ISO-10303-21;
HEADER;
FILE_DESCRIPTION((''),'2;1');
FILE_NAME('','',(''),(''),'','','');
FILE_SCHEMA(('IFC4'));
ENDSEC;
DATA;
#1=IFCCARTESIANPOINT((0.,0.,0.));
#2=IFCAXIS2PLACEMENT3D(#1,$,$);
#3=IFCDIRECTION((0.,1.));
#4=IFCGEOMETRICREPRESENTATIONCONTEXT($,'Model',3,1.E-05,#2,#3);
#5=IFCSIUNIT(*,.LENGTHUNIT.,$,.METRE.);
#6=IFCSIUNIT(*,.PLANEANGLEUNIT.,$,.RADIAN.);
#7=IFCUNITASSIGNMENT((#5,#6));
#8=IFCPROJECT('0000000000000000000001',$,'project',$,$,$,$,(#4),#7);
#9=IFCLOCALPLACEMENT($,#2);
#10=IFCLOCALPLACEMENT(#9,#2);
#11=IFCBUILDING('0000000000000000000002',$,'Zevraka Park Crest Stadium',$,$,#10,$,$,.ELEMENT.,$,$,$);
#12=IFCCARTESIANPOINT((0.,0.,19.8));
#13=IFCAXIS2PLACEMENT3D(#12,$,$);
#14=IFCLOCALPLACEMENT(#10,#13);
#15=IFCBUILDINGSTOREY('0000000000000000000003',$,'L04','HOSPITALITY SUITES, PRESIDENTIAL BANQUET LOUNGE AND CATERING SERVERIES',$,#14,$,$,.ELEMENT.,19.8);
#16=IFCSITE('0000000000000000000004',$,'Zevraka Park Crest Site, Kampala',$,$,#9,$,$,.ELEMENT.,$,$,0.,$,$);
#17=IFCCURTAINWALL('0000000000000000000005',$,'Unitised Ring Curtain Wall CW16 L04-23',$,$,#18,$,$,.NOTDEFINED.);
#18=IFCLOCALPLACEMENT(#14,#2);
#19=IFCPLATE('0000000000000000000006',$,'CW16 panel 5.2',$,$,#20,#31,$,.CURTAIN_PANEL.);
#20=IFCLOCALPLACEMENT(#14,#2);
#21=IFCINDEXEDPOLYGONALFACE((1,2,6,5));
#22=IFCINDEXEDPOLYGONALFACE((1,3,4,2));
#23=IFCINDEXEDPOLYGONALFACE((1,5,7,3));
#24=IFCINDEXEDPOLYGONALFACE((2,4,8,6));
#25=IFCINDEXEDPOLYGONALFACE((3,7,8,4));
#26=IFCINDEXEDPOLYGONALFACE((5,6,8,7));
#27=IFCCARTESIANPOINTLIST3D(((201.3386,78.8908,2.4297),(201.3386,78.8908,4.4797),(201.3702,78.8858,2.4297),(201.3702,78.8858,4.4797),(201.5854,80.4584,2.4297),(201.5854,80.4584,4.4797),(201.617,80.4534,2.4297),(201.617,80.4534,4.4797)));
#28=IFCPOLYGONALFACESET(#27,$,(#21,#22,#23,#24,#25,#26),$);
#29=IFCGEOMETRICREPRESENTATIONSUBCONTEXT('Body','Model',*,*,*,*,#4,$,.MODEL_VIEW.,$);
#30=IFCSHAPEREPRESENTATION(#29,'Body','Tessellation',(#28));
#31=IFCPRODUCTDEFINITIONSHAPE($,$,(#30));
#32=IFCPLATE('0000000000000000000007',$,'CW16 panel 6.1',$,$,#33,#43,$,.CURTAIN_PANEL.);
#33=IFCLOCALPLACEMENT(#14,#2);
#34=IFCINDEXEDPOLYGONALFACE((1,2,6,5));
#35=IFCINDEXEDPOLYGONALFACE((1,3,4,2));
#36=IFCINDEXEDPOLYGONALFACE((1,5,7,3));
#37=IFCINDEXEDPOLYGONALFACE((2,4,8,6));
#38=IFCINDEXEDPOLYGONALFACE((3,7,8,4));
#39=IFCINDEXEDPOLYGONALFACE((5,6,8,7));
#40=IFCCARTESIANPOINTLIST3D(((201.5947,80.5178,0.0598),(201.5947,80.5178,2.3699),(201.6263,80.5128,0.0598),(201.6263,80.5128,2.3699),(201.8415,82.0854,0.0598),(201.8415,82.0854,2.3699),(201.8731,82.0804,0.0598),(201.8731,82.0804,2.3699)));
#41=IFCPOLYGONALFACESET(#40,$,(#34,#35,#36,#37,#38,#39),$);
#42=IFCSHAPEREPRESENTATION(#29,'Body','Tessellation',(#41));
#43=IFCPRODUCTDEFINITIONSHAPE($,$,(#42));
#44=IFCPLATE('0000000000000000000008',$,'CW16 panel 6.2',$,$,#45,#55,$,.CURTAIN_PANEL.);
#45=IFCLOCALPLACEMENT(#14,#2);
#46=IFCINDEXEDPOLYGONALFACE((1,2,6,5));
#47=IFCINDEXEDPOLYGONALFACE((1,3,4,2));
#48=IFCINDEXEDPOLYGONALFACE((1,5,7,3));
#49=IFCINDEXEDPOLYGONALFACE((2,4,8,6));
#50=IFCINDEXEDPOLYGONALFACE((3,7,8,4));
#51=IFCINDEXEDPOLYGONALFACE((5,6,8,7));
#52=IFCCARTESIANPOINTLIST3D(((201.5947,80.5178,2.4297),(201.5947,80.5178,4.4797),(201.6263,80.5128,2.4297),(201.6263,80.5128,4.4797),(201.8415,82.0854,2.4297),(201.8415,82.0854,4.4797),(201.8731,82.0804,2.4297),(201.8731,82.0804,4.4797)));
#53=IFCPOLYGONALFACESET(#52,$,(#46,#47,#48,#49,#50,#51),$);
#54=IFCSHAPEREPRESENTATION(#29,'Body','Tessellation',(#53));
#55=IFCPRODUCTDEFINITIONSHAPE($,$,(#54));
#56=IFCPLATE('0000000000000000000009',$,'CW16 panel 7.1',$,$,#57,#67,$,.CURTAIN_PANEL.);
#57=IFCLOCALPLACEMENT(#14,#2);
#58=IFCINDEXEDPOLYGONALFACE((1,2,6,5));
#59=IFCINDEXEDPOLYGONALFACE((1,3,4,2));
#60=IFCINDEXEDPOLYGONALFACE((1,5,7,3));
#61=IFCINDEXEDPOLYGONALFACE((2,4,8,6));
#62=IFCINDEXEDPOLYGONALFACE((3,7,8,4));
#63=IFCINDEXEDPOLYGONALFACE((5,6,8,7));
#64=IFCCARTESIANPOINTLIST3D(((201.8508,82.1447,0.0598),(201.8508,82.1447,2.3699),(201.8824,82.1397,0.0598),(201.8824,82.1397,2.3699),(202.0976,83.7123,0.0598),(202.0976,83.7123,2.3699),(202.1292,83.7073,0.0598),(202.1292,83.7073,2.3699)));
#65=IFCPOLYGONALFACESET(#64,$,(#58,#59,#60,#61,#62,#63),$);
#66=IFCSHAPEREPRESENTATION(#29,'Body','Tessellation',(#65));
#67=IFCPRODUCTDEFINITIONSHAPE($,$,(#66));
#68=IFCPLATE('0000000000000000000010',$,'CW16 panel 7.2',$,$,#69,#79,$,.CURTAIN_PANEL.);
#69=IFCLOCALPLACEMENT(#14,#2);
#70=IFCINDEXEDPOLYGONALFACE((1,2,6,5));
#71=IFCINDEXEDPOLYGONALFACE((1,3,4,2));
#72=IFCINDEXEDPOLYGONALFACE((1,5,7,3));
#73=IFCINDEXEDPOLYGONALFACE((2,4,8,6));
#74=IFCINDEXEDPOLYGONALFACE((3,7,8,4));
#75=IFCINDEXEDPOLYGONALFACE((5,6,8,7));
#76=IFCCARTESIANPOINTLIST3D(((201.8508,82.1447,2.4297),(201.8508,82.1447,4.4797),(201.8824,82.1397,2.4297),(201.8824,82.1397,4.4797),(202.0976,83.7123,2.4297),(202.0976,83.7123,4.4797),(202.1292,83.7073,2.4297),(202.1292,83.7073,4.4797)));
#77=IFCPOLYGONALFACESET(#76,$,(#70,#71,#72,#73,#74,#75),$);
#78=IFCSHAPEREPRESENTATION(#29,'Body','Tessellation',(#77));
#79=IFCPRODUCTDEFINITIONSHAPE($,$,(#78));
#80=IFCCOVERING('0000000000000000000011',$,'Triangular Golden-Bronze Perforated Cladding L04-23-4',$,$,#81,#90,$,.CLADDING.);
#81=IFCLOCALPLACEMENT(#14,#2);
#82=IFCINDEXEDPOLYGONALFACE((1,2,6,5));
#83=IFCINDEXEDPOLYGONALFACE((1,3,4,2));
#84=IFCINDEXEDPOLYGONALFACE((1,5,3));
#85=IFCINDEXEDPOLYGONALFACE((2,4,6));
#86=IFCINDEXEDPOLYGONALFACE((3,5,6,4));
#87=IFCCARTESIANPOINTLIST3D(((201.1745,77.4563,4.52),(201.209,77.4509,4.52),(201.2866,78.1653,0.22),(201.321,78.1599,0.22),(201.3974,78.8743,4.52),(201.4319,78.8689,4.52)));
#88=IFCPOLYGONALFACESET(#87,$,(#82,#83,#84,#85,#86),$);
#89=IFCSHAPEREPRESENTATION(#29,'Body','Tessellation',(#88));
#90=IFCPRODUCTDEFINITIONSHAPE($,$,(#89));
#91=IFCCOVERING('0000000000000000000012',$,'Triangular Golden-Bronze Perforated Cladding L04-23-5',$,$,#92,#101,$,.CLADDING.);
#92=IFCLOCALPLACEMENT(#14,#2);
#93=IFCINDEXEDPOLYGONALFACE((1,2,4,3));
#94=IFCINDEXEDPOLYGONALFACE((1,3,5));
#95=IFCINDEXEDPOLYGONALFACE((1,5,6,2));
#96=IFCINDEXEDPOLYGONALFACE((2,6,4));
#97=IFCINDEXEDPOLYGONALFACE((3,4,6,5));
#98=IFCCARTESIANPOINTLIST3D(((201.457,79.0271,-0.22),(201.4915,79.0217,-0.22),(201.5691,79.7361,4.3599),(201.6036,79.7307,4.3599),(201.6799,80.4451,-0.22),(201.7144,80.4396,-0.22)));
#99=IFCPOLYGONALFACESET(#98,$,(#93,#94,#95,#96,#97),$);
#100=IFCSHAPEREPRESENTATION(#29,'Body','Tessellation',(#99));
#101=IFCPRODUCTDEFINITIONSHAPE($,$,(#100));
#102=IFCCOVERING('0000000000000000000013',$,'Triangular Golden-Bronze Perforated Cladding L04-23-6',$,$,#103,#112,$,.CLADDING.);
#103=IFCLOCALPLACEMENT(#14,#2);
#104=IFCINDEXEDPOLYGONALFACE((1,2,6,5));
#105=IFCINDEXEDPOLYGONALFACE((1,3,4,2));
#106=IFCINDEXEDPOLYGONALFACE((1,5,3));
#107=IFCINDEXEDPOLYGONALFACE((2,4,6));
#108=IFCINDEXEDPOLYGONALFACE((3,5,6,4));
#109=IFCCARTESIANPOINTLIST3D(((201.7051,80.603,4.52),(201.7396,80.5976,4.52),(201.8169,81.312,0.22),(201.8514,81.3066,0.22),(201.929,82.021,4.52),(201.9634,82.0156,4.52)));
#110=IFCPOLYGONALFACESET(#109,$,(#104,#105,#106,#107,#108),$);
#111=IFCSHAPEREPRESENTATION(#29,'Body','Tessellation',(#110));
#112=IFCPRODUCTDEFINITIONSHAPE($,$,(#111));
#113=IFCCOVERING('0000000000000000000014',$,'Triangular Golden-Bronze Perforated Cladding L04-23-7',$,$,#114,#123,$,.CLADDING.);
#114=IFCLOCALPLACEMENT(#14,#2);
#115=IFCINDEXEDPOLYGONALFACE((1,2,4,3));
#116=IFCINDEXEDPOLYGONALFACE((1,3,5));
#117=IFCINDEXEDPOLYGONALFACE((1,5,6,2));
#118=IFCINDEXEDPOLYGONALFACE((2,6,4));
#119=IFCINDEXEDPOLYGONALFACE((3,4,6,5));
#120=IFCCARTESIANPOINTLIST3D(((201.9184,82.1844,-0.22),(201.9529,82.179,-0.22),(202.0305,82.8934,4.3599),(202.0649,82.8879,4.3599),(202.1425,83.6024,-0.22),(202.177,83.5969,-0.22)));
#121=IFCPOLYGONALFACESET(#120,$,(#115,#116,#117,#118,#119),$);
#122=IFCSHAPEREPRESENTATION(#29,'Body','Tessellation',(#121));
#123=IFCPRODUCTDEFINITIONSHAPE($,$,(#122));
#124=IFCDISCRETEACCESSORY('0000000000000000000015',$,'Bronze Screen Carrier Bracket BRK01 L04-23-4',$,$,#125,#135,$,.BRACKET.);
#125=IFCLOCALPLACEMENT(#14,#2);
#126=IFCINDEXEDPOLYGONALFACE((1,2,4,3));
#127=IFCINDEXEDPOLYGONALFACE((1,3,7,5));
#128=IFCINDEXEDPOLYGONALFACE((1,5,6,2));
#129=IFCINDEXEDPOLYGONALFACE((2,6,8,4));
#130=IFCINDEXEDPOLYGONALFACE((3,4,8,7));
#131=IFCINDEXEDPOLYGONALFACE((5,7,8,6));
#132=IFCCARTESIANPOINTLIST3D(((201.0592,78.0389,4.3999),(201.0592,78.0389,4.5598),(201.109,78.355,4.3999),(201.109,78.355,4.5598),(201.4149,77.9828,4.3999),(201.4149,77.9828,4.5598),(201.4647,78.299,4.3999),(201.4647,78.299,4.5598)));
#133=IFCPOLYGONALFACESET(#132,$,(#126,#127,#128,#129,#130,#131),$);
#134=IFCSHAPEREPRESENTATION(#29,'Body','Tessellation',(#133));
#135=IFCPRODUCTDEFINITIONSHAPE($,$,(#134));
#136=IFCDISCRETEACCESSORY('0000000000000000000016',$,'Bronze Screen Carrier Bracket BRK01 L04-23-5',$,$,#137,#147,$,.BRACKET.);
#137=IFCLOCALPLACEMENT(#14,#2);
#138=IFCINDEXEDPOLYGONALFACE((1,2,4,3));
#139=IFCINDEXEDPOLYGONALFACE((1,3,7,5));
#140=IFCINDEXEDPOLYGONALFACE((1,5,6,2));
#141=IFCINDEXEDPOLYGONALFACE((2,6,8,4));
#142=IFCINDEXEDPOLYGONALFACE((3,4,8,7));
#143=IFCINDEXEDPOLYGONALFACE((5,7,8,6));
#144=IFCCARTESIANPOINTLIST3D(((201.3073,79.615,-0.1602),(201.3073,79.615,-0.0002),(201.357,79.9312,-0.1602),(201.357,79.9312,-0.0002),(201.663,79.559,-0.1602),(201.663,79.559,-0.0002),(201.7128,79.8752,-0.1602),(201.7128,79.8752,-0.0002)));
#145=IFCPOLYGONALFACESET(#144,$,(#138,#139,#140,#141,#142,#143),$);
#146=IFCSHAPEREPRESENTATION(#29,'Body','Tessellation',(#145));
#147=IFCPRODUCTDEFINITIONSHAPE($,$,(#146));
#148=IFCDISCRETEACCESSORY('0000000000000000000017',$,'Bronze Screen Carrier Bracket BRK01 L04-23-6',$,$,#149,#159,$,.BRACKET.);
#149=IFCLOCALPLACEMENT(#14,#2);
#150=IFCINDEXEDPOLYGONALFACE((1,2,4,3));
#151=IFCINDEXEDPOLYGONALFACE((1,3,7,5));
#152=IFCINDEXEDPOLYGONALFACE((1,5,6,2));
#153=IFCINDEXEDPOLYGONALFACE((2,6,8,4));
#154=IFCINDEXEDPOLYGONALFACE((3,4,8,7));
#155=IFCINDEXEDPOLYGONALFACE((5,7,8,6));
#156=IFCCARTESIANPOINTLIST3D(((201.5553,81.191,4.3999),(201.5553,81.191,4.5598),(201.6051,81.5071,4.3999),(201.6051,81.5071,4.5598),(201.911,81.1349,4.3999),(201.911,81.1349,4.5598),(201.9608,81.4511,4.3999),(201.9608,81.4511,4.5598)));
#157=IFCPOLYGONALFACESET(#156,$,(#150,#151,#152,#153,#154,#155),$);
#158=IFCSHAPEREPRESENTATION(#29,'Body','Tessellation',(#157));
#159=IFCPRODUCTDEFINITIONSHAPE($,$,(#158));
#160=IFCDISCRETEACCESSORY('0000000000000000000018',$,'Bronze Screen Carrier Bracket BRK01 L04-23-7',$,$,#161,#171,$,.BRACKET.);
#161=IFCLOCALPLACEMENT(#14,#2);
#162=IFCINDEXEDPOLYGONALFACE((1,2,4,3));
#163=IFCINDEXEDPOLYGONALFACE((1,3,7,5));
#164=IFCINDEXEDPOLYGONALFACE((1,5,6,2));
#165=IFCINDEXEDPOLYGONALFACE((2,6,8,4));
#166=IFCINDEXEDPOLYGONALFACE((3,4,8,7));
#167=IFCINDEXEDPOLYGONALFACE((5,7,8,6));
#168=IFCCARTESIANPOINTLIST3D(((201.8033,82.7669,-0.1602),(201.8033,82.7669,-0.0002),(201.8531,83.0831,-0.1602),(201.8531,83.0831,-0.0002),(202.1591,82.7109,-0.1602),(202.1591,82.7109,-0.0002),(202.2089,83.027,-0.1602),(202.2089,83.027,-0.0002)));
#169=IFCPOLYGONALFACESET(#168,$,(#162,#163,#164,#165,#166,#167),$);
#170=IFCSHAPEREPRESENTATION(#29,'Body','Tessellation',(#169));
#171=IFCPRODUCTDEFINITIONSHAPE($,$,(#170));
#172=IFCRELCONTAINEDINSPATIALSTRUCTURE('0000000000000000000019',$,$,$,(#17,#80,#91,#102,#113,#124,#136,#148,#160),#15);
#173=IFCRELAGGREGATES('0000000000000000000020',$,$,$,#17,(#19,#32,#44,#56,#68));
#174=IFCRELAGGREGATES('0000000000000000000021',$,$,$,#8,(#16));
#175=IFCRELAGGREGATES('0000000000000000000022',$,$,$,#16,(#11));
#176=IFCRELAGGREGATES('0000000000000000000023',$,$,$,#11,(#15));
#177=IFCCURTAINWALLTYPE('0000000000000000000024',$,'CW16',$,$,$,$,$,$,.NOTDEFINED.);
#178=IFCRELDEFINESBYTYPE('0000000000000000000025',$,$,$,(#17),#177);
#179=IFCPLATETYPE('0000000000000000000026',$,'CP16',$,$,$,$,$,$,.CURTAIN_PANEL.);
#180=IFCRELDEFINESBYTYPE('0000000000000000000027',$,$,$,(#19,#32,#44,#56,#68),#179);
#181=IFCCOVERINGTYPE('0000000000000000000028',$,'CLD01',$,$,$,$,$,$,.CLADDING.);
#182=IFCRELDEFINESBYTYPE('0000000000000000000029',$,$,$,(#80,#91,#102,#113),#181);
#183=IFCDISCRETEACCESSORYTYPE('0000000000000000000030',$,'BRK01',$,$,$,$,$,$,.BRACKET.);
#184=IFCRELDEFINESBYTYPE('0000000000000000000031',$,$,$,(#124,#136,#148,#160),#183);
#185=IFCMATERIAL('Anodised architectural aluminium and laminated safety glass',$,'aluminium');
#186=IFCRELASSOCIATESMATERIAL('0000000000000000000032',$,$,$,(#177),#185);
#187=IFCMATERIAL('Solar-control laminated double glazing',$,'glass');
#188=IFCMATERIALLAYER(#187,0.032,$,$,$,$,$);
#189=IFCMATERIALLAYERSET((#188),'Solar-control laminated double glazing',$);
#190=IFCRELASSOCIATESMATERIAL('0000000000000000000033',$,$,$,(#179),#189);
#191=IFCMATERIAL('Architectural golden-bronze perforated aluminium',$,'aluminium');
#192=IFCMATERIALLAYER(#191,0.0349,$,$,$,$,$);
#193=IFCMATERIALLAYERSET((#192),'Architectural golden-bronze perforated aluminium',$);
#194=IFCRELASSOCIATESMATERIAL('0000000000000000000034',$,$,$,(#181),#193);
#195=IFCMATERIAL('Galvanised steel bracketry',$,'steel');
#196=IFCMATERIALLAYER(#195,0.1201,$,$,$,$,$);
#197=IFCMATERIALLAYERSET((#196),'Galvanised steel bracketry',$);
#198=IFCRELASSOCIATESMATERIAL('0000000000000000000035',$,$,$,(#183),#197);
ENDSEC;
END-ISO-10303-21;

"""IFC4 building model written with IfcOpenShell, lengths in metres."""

from ifc_helpers import new_model, si_unit, direction, frame, origin, origin_2d, place, context, subcontext, project, spatial, polyline, rectangle, outline, extrude, material, layer, layer_set, type_object, element, aggregate, save


model = new_model("IFC4")

# Units and contexts
model_context = context("Model", 3, precision=1e-05, world=origin(), true_north=direction((0.0, 1.0)))
body_context = subcontext(model_context, "Body", "Model", "MODEL_VIEW")
ifc_project = project(units=[si_unit("LENGTHUNIT", "METRE"), si_unit("PLANEANGLEUNIT", "RADIAN")], contexts=[model_context])

# Site, building, storey
site_placement = place(None, origin())
site = spatial("IfcSite", under=ifc_project, at=site_placement, Name="Zevraka Park Crest Site, Kampala", CompositionType="ELEMENT", RefElevation=0.0)
building_placement = place(site_placement, origin())
building = spatial("IfcBuilding", under=site, at=building_placement, Name="Zevraka Park Crest Stadium", CompositionType="ELEMENT")
storey_placement = place(building_placement, frame((0.0, 0.0, 19.8)))
storey = spatial("IfcBuildingStorey", under=building, at=storey_placement, Name="L04", Description="HOSPITALITY SUITES, PRESIDENTIAL BANQUET LOUNGE AND CATERING SERVERIES", CompositionType="ELEMENT", Elevation=19.8)

# Curtain wall, plates
ifc_material_1 = material(Name="Anodised architectural aluminium and laminated safety glass", Category="aluminium")
curtain_wall_type = type_object("IfcCurtainWallType", Name="CW16", PredefinedType="NOTDEFINED", material=ifc_material_1)
curtain_wall_placement = place(storey_placement, origin())
curtain_wall = element("IfcCurtainWall", 1, at=curtain_wall_placement, inside=storey, type_object=curtain_wall_type, Name="Unitised Ring Curtain Wall CW16 L04-23", PredefinedType="NOTDEFINED")
ifc_material_2 = material(Name="Solar-control laminated double glazing", Category="glass")
ifc_layer_1 = layer(ifc_material_2, 0.032)
ifc_layer_set_1 = layer_set([ifc_layer_1], Name="Solar-control laminated double glazing")
plate_type = type_object("IfcPlateType", Name="CP16", PredefinedType="CURTAIN_PANEL", material=ifc_layer_set_1)
plate_1_placement = place(storey_placement, frame((201.4778, 79.6721, 2.4297), z_axis=(0.0, 0.0, 1.0), x_axis=(0.155539, 0.98783, 0.0)))
plate_1 = element("IfcPlate", 2, at=plate_1_placement, type_object=plate_type, Name="CW16 panel 5.2", PredefinedType="CURTAIN_PANEL", context=body_context, shape_type="SweptSolid", body=[
    extrude(rectangle(XDim=1.5869, YDim=0.032, at=origin_2d()), origin(), (0.0, 0.0, 1.0), 2.05),
])
plate_2_placement = place(storey_placement, frame((201.7339, 81.2991, 0.0598), z_axis=(0.0, 0.0, 1.0), x_axis=(0.155539, 0.98783, 0.0)))
plate_2 = element("IfcPlate", 3, at=plate_2_placement, type_object=plate_type, Name="CW16 panel 6.1", PredefinedType="CURTAIN_PANEL", context=body_context, shape_type="SweptSolid", body=[
    extrude(rectangle(XDim=1.5869, YDim=0.032, at=origin_2d()), origin(), (0.0, 0.0, 1.0), 2.3101),
])
plate_3_placement = place(storey_placement, frame((201.7339, 81.2991, 2.4297), z_axis=(0.0, 0.0, 1.0), x_axis=(0.155539, 0.98783, 0.0)))
plate_3 = element("IfcPlate", 4, at=plate_3_placement, type_object=plate_type, Name="CW16 panel 6.2", PredefinedType="CURTAIN_PANEL", context=body_context, shape_type="SweptSolid", body=[
    extrude(rectangle(XDim=1.5869, YDim=0.032, at=origin_2d()), origin(), (0.0, 0.0, 1.0), 2.05),
])
plate_4_placement = place(storey_placement, frame((201.99, 82.926, 0.0598), z_axis=(0.0, 0.0, 1.0), x_axis=(0.155539, 0.98783, 0.0)))
plate_4 = element("IfcPlate", 5, at=plate_4_placement, type_object=plate_type, Name="CW16 panel 7.1", PredefinedType="CURTAIN_PANEL", context=body_context, shape_type="SweptSolid", body=[
    extrude(rectangle(XDim=1.5869, YDim=0.032, at=origin_2d()), origin(), (0.0, 0.0, 1.0), 2.3101),
])
plate_5_placement = place(storey_placement, frame((201.99, 82.926, 2.4297), z_axis=(0.0, 0.0, 1.0), x_axis=(0.155539, 0.98783, 0.0)))
plate_5 = element("IfcPlate", 6, at=plate_5_placement, type_object=plate_type, Name="CW16 panel 7.2", PredefinedType="CURTAIN_PANEL", context=body_context, shape_type="SweptSolid", body=[
    extrude(rectangle(XDim=1.5869, YDim=0.032, at=origin_2d()), origin(), (0.0, 0.0, 1.0), 2.05),
])
aggregate(curtain_wall, [plate_1, plate_2, plate_3, plate_4, plate_5])

# Coverings
ifc_material_3 = material(Name="Architectural golden-bronze perforated aluminium", Category="aluminium")
ifc_layer_2 = layer(ifc_material_3, 0.0349)
ifc_layer_set_2 = layer_set([ifc_layer_2], Name="Architectural golden-bronze perforated aluminium")
covering_type = type_object("IfcCoveringType", Name="CLD01", PredefinedType="CLADDING", material=ifc_layer_set_2)
covering_1_placement = place(storey_placement, frame((201.4319, 78.8689, 4.52), z_axis=(0.987869, -0.15529, 0.00014), x_axis=(-0.15529, -0.987869, 0.0)))
element("IfcCovering", 7, at=covering_1_placement, inside=storey, type_object=covering_type, Name="Triangular Golden-Bronze Perforated Cladding L04-23-4", PredefinedType="CLADDING", context=body_context, shape_type="SweptSolid", body=[
    extrude(outline(polyline([(0.0, 0.0), (1.4354, 0.0), (0.7176, 4.3), (0.0, 0.0)])), origin(), (0.0, 0.0, -1.0), 0.0349),
])
covering_2_placement = place(storey_placement, frame((201.457, 79.0271, -0.22), z_axis=(-0.987869, 0.15529, 0.000132), x_axis=(0.15529, 0.987869, 0.0)))
element("IfcCovering", 8, at=covering_2_placement, inside=storey, type_object=covering_type, Name="Triangular Golden-Bronze Perforated Cladding L04-23-5", PredefinedType="CLADDING", context=body_context, shape_type="SweptSolid", body=[
    extrude(outline(polyline([(0.0, 0.0), (1.4354, 0.0), (0.7178, -4.5798), (0.0, 0.0)])), origin(), (0.0, 0.0, -1.0), 0.0349),
])
covering_3_placement = place(storey_placement, frame((201.929, 82.021, 4.52), z_axis=(-0.987764, 0.155954, 0.000028), x_axis=(-0.155954, -0.987764, 0.0)))
element("IfcCovering", 9, at=covering_3_placement, inside=storey, type_object=covering_type, Name="Triangular Golden-Bronze Perforated Cladding L04-23-6", PredefinedType="CLADDING", context=body_context, shape_type="SweptSolid", body=[
    extrude(outline(polyline([(0.0, 0.0), (1.4355, 0.0), (0.7178, -4.3), (0.0, 0.0)])), origin(), (0.0, 0.0, -1.0), 0.0349),
])
covering_4_placement = place(storey_placement, frame((201.9529, 82.179, -0.22), z_axis=(0.987738, -0.15612, 0.0), x_axis=(0.15612, 0.987738, 0.0)))
element("IfcCovering", 10, at=covering_4_placement, inside=storey, type_object=covering_type, Name="Triangular Golden-Bronze Perforated Cladding L04-23-7", PredefinedType="CLADDING", context=body_context, shape_type="SweptSolid", body=[
    extrude(outline(polyline([(0.0, 0.0), (1.4356, 0.0), (0.7178, 4.5798), (0.0, 0.0)])), origin(), (0.0, 0.0, -1.0), 0.0349),
])

# Discrete accessories
ifc_material_4 = material(Name="Galvanised steel bracketry", Category="steel")
ifc_layer_3 = layer(ifc_material_4, 0.1201)
ifc_layer_set_3 = layer_set([ifc_layer_3], Name="Galvanised steel bracketry")
discrete_accessory_type = type_object("IfcDiscreteAccessoryType", Name="BRK01", PredefinedType="BRACKET", material=ifc_layer_set_3)
for number, where, z_axis, x_axis, name in (
    (11, (201.262, 78.1689, 4.3999), (0.0, 0.0, 1.0), (0.155572, 0.987824, 0.0), "Bronze Screen Carrier Bracket BRK01 L04-23-4"),
    (12, (201.51, 79.7451, -0.1602), (0.0, 0.0, 1.0), (0.155572, 0.987824, 0.0), "Bronze Screen Carrier Bracket BRK01 L04-23-5"),
    (13, (201.7581, 81.321, 4.3999), (0.0, 0.0, 1.0), (0.155572, 0.987824, 0.0), "Bronze Screen Carrier Bracket BRK01 L04-23-6"),
    (14, (202.0061, 82.897, -0.1602), (0.0, 0.0, 1.0), (0.155572, 0.987824, 0.0), "Bronze Screen Carrier Bracket BRK01 L04-23-7"),
):
    element("IfcDiscreteAccessory", number, at=place(storey_placement, frame(where, z_axis=z_axis, x_axis=x_axis)), inside=storey, type_object=discrete_accessory_type, Name=name, PredefinedType="BRACKET", context=body_context, shape_type="SweptSolid", body=[
        extrude(rectangle(XDim=0.3201, YDim=0.3601, at=origin_2d()), origin(), (0.0, 0.0, 1.0), 0.1599),
    ])

save(model, "model.ifc")
